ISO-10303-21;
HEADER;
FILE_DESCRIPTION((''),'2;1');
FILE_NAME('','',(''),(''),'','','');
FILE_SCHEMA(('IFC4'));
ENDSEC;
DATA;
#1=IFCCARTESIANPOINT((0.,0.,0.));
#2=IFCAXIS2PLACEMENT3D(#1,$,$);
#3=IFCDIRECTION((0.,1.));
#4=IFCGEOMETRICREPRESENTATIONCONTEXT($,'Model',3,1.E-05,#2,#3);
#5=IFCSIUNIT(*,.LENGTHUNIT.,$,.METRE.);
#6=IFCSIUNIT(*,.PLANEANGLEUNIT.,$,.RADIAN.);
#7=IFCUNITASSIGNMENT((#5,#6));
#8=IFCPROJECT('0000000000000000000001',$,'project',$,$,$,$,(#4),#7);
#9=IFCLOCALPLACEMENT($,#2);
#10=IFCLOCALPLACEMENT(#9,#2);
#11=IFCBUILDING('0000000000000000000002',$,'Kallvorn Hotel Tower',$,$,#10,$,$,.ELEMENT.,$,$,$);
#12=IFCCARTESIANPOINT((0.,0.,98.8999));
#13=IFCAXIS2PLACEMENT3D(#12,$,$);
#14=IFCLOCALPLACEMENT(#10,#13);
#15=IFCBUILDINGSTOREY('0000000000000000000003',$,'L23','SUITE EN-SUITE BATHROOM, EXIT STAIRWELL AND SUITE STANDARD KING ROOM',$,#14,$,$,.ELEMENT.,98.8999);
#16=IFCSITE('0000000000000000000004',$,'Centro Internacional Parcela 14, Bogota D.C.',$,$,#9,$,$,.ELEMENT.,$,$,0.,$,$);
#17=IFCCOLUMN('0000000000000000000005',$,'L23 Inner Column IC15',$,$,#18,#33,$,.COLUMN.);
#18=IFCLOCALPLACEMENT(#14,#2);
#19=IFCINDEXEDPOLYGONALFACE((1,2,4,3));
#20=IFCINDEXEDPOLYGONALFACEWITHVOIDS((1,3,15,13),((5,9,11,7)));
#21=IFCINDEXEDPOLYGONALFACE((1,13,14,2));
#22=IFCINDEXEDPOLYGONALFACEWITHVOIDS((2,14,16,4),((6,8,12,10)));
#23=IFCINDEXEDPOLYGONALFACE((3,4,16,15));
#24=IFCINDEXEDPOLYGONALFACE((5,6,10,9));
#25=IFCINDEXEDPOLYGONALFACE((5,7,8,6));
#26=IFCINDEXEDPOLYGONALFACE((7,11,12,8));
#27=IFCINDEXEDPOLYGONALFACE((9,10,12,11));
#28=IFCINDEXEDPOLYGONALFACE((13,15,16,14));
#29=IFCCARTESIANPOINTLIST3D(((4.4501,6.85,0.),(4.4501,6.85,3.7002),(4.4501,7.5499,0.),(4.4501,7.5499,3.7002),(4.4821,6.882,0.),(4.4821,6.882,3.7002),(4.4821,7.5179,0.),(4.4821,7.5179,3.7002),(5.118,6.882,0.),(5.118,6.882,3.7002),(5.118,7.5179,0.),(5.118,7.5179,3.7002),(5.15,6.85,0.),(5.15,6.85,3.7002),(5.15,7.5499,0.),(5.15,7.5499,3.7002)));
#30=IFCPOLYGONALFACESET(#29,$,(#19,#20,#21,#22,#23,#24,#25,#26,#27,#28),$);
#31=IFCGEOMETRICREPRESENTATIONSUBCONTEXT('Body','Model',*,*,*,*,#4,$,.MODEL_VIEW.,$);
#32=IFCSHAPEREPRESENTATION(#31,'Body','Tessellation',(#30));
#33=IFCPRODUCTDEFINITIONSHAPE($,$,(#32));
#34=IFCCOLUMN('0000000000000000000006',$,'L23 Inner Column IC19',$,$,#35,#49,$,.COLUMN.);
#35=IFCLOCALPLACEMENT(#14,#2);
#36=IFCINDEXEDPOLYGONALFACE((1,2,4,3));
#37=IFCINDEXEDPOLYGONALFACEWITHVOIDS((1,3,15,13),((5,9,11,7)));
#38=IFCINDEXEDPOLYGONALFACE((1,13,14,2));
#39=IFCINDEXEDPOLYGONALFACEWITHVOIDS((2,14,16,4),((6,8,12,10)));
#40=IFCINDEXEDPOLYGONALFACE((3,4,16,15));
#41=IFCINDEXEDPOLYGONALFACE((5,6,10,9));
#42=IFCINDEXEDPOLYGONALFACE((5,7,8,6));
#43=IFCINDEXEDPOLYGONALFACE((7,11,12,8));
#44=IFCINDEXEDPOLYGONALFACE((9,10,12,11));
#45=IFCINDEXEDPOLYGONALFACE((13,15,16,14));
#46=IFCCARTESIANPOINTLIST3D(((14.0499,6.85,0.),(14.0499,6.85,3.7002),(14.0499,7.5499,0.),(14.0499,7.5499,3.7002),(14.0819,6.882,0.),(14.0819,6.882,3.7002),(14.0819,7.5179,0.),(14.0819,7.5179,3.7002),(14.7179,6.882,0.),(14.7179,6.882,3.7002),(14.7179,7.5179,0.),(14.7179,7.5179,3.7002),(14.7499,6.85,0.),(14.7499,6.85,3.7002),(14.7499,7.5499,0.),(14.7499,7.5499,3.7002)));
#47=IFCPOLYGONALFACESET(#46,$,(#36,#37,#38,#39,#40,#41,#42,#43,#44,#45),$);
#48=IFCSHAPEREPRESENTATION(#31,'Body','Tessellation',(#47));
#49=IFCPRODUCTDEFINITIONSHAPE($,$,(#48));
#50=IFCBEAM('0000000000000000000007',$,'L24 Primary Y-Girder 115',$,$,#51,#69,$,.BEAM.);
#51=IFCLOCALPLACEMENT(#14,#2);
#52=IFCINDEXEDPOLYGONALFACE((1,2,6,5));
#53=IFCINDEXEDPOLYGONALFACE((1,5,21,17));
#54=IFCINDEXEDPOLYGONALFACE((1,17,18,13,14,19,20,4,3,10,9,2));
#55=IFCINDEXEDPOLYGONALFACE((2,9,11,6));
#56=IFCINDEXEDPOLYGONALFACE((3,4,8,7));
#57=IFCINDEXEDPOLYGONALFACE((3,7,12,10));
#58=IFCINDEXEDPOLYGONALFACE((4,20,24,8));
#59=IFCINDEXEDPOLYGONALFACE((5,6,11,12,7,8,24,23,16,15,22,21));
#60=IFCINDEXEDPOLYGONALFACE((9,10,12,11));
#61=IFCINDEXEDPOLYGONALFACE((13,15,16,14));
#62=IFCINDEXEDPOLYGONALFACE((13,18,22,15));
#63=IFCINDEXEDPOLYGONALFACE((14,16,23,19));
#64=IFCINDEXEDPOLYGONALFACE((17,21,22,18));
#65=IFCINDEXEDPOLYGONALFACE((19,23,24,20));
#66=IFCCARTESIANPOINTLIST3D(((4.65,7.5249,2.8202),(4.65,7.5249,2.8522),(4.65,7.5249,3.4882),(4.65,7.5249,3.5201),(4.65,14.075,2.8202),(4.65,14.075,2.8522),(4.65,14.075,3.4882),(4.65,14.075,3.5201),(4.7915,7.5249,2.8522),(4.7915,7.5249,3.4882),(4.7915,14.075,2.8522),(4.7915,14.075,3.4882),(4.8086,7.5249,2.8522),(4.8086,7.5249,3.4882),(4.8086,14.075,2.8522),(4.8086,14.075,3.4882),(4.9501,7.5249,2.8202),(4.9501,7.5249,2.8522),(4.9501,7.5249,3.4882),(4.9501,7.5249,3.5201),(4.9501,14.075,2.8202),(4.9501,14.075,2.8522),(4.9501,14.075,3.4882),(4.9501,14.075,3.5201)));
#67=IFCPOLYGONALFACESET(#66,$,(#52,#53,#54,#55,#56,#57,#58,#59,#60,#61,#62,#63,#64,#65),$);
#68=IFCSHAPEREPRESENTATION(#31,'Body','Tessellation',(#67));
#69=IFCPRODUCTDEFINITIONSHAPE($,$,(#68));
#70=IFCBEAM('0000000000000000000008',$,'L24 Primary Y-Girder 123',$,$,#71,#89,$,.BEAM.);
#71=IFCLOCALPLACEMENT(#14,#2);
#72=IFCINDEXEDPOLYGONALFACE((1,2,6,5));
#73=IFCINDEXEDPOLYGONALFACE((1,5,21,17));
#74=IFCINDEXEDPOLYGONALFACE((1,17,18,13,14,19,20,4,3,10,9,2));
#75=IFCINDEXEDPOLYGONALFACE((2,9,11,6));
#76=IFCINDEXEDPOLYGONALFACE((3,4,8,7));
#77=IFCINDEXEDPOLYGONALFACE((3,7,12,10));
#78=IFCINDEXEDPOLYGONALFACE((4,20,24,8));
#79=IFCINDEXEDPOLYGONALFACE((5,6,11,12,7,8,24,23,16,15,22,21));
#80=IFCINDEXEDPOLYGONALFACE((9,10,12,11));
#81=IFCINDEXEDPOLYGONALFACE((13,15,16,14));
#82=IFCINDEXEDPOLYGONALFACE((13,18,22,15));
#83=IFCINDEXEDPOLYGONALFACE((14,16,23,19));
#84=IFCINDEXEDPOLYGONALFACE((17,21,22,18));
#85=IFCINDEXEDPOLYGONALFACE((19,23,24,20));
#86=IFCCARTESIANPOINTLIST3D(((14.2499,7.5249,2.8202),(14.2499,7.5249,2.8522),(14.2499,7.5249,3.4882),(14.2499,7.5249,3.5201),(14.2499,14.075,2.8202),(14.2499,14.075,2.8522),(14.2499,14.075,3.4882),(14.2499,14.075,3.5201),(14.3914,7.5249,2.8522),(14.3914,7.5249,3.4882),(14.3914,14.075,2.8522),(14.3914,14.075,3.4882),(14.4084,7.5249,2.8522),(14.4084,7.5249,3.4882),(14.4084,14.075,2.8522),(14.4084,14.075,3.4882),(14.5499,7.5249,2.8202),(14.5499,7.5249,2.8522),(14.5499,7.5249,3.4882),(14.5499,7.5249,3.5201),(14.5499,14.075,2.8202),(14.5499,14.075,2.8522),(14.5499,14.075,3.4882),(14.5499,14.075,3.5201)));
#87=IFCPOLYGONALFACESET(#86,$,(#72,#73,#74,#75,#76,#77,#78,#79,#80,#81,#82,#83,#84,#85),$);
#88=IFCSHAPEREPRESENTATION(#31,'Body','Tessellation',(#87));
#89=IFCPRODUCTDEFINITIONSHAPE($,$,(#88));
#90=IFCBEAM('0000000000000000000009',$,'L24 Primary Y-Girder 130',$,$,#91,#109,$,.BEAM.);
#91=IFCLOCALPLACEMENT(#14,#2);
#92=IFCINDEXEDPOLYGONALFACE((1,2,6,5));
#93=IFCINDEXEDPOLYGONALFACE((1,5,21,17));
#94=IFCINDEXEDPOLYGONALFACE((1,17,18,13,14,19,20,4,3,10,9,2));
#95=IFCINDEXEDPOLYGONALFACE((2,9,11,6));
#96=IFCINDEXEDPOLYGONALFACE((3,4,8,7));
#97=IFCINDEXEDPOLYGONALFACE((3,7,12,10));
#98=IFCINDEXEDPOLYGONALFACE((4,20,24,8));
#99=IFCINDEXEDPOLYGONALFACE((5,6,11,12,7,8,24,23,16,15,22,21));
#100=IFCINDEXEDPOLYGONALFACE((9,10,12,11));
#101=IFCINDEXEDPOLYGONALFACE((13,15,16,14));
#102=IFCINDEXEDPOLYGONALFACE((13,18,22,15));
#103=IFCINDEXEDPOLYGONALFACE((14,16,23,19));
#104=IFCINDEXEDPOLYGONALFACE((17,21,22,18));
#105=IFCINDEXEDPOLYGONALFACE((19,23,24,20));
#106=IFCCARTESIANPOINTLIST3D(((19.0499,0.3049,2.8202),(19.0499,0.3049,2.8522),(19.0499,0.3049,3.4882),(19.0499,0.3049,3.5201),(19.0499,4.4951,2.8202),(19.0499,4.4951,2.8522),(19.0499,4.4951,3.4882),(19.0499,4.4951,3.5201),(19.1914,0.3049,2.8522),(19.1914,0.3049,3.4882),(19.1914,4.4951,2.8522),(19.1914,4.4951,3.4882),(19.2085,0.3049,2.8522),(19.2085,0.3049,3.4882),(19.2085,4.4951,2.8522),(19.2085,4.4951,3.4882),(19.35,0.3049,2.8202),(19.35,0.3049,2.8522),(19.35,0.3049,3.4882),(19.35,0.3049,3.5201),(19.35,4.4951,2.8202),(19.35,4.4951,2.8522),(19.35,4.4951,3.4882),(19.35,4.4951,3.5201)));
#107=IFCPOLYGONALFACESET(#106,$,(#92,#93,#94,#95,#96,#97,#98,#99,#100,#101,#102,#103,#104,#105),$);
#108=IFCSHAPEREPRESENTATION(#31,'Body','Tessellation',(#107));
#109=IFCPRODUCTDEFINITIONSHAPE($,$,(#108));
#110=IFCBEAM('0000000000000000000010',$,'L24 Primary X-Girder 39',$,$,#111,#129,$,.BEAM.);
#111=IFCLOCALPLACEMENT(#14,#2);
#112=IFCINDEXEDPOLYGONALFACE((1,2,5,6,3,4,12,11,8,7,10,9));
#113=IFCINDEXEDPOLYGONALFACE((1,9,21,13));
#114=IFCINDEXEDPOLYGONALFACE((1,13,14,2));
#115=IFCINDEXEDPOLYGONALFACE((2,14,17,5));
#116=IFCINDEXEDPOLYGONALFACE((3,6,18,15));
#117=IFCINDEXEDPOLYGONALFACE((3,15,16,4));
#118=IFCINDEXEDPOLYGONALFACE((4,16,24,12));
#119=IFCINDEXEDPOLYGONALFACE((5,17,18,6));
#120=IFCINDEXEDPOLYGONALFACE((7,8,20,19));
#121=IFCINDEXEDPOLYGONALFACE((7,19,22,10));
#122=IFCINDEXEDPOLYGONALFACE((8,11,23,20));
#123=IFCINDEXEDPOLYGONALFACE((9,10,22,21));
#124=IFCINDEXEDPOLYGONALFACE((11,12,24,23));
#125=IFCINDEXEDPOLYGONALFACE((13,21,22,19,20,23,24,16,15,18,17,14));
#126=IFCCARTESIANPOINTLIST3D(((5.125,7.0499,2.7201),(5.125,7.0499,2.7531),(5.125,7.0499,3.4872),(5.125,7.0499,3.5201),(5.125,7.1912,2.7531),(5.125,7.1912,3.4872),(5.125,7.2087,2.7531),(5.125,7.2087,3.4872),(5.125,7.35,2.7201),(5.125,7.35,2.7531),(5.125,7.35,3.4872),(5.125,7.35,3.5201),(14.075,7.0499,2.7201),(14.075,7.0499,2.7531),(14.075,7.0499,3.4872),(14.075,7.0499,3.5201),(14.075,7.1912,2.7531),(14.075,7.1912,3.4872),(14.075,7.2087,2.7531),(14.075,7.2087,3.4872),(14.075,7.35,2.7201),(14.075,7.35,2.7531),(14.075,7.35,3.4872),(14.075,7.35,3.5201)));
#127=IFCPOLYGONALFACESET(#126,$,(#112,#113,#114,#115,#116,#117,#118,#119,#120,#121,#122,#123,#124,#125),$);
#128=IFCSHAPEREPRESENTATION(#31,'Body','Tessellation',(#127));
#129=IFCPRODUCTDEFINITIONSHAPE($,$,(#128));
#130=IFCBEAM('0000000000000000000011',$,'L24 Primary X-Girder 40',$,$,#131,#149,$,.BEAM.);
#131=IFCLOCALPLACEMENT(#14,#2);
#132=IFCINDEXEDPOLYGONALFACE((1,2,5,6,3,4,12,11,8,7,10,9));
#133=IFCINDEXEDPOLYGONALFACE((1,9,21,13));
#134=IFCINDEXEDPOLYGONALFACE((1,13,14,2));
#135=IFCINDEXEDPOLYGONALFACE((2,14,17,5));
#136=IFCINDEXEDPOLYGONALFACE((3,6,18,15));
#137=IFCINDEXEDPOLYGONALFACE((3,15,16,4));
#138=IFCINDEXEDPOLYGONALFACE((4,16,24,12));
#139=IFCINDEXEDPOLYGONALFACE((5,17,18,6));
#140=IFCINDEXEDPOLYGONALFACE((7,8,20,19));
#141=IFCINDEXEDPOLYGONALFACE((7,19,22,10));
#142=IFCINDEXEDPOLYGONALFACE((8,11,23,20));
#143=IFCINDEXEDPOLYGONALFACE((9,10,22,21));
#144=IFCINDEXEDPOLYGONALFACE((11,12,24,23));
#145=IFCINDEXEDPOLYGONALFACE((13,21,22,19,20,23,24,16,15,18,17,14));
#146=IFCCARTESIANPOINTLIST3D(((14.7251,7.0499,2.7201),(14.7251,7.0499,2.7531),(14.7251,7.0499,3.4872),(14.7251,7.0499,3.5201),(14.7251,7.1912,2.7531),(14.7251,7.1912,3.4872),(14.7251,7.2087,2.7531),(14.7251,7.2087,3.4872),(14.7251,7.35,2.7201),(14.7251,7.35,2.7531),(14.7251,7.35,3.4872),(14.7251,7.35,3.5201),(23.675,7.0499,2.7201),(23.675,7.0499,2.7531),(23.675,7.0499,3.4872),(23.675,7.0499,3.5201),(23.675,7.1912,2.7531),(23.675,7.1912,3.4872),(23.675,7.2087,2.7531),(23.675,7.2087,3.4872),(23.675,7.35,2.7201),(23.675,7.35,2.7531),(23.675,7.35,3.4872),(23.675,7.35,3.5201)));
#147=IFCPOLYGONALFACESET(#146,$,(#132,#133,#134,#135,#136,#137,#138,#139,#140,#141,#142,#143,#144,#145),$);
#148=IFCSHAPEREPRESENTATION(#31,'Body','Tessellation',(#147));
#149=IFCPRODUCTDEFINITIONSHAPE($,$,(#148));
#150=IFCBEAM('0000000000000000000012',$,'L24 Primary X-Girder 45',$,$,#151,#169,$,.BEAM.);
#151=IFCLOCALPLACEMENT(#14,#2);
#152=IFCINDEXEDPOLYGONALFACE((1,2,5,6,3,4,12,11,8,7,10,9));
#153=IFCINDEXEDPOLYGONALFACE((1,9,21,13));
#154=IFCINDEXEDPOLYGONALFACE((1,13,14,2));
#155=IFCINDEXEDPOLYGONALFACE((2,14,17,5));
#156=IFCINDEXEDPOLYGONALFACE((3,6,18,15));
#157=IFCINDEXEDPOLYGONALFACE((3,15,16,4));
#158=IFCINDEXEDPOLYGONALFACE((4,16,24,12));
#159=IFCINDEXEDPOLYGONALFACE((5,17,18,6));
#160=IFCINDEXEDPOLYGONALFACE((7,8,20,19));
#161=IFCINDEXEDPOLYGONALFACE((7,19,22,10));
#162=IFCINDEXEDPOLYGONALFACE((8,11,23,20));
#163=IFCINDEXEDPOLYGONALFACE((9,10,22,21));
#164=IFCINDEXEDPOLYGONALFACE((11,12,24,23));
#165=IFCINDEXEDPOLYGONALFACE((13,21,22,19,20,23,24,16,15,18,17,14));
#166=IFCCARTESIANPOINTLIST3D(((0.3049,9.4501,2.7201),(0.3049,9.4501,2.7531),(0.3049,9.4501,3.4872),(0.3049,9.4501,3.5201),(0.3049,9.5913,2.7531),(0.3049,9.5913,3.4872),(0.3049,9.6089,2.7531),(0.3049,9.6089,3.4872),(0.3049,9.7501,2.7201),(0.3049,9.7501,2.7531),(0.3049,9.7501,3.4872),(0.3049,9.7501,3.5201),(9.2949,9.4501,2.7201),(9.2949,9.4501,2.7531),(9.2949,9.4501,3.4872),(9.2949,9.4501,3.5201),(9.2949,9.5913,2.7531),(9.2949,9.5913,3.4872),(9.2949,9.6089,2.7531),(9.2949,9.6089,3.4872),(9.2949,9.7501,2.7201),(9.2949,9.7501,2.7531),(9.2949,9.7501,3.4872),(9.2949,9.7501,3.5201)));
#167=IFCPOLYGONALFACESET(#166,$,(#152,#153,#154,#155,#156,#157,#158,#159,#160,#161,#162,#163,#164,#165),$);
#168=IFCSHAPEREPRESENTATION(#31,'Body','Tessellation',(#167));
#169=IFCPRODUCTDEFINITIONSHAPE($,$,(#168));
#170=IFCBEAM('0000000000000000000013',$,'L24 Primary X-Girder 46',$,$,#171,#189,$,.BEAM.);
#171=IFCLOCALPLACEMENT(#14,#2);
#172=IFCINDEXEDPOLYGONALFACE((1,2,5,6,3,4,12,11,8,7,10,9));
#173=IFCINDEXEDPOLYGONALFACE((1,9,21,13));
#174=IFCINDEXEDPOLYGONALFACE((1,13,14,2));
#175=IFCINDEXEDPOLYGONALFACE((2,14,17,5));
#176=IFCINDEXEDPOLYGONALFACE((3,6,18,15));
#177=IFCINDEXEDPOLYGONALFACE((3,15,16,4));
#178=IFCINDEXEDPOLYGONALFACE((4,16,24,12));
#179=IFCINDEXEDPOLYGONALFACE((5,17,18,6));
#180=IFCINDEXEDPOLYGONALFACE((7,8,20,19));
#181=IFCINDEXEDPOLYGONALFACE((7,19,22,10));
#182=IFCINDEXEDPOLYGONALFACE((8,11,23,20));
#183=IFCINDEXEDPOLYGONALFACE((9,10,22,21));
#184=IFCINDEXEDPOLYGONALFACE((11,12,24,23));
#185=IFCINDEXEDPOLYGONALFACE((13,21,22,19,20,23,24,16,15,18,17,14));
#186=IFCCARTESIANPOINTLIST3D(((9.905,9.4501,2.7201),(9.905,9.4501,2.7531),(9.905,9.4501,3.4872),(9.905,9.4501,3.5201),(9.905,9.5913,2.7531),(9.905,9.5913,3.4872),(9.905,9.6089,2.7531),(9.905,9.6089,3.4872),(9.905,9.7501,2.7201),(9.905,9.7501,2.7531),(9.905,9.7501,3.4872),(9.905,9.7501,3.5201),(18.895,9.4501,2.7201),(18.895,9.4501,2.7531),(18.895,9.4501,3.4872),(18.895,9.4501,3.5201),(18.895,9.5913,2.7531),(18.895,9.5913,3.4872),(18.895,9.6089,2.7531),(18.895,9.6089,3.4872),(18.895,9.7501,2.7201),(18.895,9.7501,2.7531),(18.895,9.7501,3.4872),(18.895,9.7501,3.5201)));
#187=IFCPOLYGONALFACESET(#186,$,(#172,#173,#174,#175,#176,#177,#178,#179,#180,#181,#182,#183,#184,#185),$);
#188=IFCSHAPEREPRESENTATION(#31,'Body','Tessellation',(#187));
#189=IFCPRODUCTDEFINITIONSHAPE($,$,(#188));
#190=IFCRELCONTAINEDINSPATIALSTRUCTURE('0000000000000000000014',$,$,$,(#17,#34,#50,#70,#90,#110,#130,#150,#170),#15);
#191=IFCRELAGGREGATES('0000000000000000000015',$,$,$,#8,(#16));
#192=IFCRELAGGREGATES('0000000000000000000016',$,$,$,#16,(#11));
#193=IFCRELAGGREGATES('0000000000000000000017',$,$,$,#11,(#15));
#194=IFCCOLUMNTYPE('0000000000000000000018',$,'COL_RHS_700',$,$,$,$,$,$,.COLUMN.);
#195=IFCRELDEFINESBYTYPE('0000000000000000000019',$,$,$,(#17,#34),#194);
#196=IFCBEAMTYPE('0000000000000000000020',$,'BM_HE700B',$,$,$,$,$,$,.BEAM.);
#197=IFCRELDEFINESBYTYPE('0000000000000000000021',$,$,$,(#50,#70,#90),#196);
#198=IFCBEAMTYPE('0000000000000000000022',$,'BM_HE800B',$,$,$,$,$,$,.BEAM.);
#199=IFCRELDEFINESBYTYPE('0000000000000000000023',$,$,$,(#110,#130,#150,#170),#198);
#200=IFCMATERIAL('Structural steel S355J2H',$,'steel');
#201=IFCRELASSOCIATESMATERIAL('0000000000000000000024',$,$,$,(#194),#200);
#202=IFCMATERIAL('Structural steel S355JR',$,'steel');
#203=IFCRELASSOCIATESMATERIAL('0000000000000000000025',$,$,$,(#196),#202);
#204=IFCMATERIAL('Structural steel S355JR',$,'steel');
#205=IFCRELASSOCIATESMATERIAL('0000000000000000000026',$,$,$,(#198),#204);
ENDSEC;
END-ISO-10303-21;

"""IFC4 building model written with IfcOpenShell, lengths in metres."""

from ifc_helpers import new_model, si_unit, direction, frame, origin, origin_2d, place, context, subcontext, project, spatial, hollow_rectangle, i_section, extrude, material, material_profile, profile_set, type_object, element, save


model = new_model("IFC4")

# Units and contexts
model_context = context("Model", 3, precision=1e-05, world=origin(), true_north=direction((0.0, 1.0)))
body_context = subcontext(model_context, "Body", "Model", "MODEL_VIEW")
ifc_project = project(units=[si_unit("LENGTHUNIT", "METRE"), si_unit("PLANEANGLEUNIT", "RADIAN")], contexts=[model_context])

# Site, building, storey
site_placement = place(None, origin())
site = spatial("IfcSite", under=ifc_project, at=site_placement, Name="Centro Internacional Parcela 14, Bogota D.C.", CompositionType="ELEMENT", RefElevation=0.0)
building_placement = place(site_placement, origin())
building = spatial("IfcBuilding", under=site, at=building_placement, Name="Kallvorn Hotel Tower", CompositionType="ELEMENT")
storey_placement = place(building_placement, frame((0.0, 0.0, 98.8999)))
storey = spatial("IfcBuildingStorey", under=building, at=storey_placement, Name="L23", Description="SUITE EN-SUITE BATHROOM, EXIT STAIRWELL AND SUITE STANDARD KING ROOM", CompositionType="ELEMENT", Elevation=98.8999)

# Columns
ifc_material_1 = material(Name="Structural steel S355J2H", Category="steel")
ifc_material_profile_1 = material_profile(ifc_material_1, hollow_rectangle(XDim=0.7, YDim=0.7, WallThickness=0.032, at=origin_2d()), Name="RHS 700x700x32")
ifc_profile_set_1 = profile_set([ifc_material_profile_1], Name="Structural steel S355J2H")
column_type_1 = type_object("IfcColumnType", Name="COL_RHS_700", PredefinedType="COLUMN", material=ifc_profile_set_1)
for number, where, z_axis, x_axis, name in (
    (1, (4.8, 7.2, 0.0), (0.0, 0.0, 1.0), (1.0, 0.0, 0.0), "L23 Inner Column IC15"),
    (2, (14.3999, 7.2, 0.0), (0.0, 0.0, 1.0), (1.0, 0.0, 0.0), "L23 Inner Column IC19"),
):
    element("IfcColumn", number, at=place(storey_placement, frame(where, z_axis=z_axis, x_axis=x_axis)), inside=storey, type_object=column_type_1, Name=name, PredefinedType="COLUMN", context=body_context, shape_type="SweptSolid", body=[
        extrude(hollow_rectangle(XDim=0.7, YDim=0.7, WallThickness=0.032, at=origin_2d()), origin(), (0.0, 0.0, 1.0), 3.7002),
    ])

# Beams
ifc_material_2 = material(Name="Structural steel S355JR", Category="steel")
ifc_material_profile_2 = material_profile(ifc_material_2, i_section(OverallWidth=0.3, OverallDepth=0.7, WebThickness=0.0171, FlangeThickness=0.032, at=origin_2d()), Name="HE 700 B")
ifc_profile_set_2 = profile_set([ifc_material_profile_2], Name="Structural steel S355JR")
beam_type_1 = type_object("IfcBeamType", Name="BM_HE700B", PredefinedType="BEAM", material=ifc_profile_set_2)
for number, where, z_axis, x_axis, name in (
    (3, (4.8, 7.5249, 3.1702), (0.0, 1.0, 0.0), (-1.0, 0.0, 0.0), "L24 Primary Y-Girder 115"),
    (4, (14.3999, 7.5249, 3.1702), (0.0, 1.0, 0.0), (-1.0, 0.0, 0.0), "L24 Primary Y-Girder 123"),
):
    element("IfcBeam", number, at=place(storey_placement, frame(where, z_axis=z_axis, x_axis=x_axis)), inside=storey, type_object=beam_type_1, Name=name, PredefinedType="BEAM", context=body_context, shape_type="SweptSolid", body=[
        extrude(i_section(OverallWidth=0.3, OverallDepth=0.7, WebThickness=0.0171, FlangeThickness=0.032, at=origin_2d()), origin(), (0.0, 0.0, 1.0), 6.55),
    ])
beam_placement = place(storey_placement, frame((19.2, 0.3049, 3.1702), z_axis=(0.0, 1.0, 0.0), x_axis=(-1.0, 0.0, 0.0)))
element("IfcBeam", 5, at=beam_placement, inside=storey, type_object=beam_type_1, Name="L24 Primary Y-Girder 130", PredefinedType="BEAM", context=body_context, shape_type="SweptSolid", body=[
    extrude(i_section(OverallWidth=0.3, OverallDepth=0.7, WebThickness=0.0171, FlangeThickness=0.032, at=origin_2d()), origin(), (0.0, 0.0, 1.0), 4.1902),
])
ifc_material_3 = material(Name="Structural steel S355JR", Category="steel")
ifc_material_profile_3 = material_profile(ifc_material_3, i_section(OverallWidth=0.3, OverallDepth=0.8, WebThickness=0.0176, FlangeThickness=0.033, at=origin_2d()), Name="HE 800 B")
ifc_profile_set_3 = profile_set([ifc_material_profile_3], Name="Structural steel S355JR")
beam_type_2 = type_object("IfcBeamType", Name="BM_HE800B", PredefinedType="BEAM", material=ifc_profile_set_3)
for number, where, z_axis, x_axis, name in (
    (6, (5.125, 7.2, 3.1201), (1.0, 0.0, 0.0), (0.0, 1.0, 0.0), "L24 Primary X-Girder 39"),
    (7, (14.7251, 7.2, 3.1201), (1.0, 0.0, 0.0), (0.0, 1.0, 0.0), "L24 Primary X-Girder 40"),
):
    element("IfcBeam", number, at=place(storey_placement, frame(where, z_axis=z_axis, x_axis=x_axis)), inside=storey, type_object=beam_type_2, Name=name, PredefinedType="BEAM", context=body_context, shape_type="SweptSolid", body=[
        extrude(i_section(OverallWidth=0.3, OverallDepth=0.8, WebThickness=0.0176, FlangeThickness=0.033, at=origin_2d()), origin(), (0.0, 0.0, 1.0), 8.95),
    ])
for number, where, z_axis, x_axis, name in (
    (8, (0.3049, 9.6001, 3.1201), (1.0, 0.0, 0.0), (0.0, 1.0, 0.0), "L24 Primary X-Girder 45"),
    (9, (9.905, 9.6001, 3.1201), (1.0, 0.0, 0.0), (0.0, 1.0, 0.0), "L24 Primary X-Girder 46"),
):
    element("IfcBeam", number, at=place(storey_placement, frame(where, z_axis=z_axis, x_axis=x_axis)), inside=storey, type_object=beam_type_2, Name=name, PredefinedType="BEAM", context=body_context, shape_type="SweptSolid", body=[
        extrude(i_section(OverallWidth=0.3, OverallDepth=0.8, WebThickness=0.0176, FlangeThickness=0.033, at=origin_2d()), origin(), (0.0, 0.0, 1.0), 8.99),
    ])

save(model, "model.ifc")
